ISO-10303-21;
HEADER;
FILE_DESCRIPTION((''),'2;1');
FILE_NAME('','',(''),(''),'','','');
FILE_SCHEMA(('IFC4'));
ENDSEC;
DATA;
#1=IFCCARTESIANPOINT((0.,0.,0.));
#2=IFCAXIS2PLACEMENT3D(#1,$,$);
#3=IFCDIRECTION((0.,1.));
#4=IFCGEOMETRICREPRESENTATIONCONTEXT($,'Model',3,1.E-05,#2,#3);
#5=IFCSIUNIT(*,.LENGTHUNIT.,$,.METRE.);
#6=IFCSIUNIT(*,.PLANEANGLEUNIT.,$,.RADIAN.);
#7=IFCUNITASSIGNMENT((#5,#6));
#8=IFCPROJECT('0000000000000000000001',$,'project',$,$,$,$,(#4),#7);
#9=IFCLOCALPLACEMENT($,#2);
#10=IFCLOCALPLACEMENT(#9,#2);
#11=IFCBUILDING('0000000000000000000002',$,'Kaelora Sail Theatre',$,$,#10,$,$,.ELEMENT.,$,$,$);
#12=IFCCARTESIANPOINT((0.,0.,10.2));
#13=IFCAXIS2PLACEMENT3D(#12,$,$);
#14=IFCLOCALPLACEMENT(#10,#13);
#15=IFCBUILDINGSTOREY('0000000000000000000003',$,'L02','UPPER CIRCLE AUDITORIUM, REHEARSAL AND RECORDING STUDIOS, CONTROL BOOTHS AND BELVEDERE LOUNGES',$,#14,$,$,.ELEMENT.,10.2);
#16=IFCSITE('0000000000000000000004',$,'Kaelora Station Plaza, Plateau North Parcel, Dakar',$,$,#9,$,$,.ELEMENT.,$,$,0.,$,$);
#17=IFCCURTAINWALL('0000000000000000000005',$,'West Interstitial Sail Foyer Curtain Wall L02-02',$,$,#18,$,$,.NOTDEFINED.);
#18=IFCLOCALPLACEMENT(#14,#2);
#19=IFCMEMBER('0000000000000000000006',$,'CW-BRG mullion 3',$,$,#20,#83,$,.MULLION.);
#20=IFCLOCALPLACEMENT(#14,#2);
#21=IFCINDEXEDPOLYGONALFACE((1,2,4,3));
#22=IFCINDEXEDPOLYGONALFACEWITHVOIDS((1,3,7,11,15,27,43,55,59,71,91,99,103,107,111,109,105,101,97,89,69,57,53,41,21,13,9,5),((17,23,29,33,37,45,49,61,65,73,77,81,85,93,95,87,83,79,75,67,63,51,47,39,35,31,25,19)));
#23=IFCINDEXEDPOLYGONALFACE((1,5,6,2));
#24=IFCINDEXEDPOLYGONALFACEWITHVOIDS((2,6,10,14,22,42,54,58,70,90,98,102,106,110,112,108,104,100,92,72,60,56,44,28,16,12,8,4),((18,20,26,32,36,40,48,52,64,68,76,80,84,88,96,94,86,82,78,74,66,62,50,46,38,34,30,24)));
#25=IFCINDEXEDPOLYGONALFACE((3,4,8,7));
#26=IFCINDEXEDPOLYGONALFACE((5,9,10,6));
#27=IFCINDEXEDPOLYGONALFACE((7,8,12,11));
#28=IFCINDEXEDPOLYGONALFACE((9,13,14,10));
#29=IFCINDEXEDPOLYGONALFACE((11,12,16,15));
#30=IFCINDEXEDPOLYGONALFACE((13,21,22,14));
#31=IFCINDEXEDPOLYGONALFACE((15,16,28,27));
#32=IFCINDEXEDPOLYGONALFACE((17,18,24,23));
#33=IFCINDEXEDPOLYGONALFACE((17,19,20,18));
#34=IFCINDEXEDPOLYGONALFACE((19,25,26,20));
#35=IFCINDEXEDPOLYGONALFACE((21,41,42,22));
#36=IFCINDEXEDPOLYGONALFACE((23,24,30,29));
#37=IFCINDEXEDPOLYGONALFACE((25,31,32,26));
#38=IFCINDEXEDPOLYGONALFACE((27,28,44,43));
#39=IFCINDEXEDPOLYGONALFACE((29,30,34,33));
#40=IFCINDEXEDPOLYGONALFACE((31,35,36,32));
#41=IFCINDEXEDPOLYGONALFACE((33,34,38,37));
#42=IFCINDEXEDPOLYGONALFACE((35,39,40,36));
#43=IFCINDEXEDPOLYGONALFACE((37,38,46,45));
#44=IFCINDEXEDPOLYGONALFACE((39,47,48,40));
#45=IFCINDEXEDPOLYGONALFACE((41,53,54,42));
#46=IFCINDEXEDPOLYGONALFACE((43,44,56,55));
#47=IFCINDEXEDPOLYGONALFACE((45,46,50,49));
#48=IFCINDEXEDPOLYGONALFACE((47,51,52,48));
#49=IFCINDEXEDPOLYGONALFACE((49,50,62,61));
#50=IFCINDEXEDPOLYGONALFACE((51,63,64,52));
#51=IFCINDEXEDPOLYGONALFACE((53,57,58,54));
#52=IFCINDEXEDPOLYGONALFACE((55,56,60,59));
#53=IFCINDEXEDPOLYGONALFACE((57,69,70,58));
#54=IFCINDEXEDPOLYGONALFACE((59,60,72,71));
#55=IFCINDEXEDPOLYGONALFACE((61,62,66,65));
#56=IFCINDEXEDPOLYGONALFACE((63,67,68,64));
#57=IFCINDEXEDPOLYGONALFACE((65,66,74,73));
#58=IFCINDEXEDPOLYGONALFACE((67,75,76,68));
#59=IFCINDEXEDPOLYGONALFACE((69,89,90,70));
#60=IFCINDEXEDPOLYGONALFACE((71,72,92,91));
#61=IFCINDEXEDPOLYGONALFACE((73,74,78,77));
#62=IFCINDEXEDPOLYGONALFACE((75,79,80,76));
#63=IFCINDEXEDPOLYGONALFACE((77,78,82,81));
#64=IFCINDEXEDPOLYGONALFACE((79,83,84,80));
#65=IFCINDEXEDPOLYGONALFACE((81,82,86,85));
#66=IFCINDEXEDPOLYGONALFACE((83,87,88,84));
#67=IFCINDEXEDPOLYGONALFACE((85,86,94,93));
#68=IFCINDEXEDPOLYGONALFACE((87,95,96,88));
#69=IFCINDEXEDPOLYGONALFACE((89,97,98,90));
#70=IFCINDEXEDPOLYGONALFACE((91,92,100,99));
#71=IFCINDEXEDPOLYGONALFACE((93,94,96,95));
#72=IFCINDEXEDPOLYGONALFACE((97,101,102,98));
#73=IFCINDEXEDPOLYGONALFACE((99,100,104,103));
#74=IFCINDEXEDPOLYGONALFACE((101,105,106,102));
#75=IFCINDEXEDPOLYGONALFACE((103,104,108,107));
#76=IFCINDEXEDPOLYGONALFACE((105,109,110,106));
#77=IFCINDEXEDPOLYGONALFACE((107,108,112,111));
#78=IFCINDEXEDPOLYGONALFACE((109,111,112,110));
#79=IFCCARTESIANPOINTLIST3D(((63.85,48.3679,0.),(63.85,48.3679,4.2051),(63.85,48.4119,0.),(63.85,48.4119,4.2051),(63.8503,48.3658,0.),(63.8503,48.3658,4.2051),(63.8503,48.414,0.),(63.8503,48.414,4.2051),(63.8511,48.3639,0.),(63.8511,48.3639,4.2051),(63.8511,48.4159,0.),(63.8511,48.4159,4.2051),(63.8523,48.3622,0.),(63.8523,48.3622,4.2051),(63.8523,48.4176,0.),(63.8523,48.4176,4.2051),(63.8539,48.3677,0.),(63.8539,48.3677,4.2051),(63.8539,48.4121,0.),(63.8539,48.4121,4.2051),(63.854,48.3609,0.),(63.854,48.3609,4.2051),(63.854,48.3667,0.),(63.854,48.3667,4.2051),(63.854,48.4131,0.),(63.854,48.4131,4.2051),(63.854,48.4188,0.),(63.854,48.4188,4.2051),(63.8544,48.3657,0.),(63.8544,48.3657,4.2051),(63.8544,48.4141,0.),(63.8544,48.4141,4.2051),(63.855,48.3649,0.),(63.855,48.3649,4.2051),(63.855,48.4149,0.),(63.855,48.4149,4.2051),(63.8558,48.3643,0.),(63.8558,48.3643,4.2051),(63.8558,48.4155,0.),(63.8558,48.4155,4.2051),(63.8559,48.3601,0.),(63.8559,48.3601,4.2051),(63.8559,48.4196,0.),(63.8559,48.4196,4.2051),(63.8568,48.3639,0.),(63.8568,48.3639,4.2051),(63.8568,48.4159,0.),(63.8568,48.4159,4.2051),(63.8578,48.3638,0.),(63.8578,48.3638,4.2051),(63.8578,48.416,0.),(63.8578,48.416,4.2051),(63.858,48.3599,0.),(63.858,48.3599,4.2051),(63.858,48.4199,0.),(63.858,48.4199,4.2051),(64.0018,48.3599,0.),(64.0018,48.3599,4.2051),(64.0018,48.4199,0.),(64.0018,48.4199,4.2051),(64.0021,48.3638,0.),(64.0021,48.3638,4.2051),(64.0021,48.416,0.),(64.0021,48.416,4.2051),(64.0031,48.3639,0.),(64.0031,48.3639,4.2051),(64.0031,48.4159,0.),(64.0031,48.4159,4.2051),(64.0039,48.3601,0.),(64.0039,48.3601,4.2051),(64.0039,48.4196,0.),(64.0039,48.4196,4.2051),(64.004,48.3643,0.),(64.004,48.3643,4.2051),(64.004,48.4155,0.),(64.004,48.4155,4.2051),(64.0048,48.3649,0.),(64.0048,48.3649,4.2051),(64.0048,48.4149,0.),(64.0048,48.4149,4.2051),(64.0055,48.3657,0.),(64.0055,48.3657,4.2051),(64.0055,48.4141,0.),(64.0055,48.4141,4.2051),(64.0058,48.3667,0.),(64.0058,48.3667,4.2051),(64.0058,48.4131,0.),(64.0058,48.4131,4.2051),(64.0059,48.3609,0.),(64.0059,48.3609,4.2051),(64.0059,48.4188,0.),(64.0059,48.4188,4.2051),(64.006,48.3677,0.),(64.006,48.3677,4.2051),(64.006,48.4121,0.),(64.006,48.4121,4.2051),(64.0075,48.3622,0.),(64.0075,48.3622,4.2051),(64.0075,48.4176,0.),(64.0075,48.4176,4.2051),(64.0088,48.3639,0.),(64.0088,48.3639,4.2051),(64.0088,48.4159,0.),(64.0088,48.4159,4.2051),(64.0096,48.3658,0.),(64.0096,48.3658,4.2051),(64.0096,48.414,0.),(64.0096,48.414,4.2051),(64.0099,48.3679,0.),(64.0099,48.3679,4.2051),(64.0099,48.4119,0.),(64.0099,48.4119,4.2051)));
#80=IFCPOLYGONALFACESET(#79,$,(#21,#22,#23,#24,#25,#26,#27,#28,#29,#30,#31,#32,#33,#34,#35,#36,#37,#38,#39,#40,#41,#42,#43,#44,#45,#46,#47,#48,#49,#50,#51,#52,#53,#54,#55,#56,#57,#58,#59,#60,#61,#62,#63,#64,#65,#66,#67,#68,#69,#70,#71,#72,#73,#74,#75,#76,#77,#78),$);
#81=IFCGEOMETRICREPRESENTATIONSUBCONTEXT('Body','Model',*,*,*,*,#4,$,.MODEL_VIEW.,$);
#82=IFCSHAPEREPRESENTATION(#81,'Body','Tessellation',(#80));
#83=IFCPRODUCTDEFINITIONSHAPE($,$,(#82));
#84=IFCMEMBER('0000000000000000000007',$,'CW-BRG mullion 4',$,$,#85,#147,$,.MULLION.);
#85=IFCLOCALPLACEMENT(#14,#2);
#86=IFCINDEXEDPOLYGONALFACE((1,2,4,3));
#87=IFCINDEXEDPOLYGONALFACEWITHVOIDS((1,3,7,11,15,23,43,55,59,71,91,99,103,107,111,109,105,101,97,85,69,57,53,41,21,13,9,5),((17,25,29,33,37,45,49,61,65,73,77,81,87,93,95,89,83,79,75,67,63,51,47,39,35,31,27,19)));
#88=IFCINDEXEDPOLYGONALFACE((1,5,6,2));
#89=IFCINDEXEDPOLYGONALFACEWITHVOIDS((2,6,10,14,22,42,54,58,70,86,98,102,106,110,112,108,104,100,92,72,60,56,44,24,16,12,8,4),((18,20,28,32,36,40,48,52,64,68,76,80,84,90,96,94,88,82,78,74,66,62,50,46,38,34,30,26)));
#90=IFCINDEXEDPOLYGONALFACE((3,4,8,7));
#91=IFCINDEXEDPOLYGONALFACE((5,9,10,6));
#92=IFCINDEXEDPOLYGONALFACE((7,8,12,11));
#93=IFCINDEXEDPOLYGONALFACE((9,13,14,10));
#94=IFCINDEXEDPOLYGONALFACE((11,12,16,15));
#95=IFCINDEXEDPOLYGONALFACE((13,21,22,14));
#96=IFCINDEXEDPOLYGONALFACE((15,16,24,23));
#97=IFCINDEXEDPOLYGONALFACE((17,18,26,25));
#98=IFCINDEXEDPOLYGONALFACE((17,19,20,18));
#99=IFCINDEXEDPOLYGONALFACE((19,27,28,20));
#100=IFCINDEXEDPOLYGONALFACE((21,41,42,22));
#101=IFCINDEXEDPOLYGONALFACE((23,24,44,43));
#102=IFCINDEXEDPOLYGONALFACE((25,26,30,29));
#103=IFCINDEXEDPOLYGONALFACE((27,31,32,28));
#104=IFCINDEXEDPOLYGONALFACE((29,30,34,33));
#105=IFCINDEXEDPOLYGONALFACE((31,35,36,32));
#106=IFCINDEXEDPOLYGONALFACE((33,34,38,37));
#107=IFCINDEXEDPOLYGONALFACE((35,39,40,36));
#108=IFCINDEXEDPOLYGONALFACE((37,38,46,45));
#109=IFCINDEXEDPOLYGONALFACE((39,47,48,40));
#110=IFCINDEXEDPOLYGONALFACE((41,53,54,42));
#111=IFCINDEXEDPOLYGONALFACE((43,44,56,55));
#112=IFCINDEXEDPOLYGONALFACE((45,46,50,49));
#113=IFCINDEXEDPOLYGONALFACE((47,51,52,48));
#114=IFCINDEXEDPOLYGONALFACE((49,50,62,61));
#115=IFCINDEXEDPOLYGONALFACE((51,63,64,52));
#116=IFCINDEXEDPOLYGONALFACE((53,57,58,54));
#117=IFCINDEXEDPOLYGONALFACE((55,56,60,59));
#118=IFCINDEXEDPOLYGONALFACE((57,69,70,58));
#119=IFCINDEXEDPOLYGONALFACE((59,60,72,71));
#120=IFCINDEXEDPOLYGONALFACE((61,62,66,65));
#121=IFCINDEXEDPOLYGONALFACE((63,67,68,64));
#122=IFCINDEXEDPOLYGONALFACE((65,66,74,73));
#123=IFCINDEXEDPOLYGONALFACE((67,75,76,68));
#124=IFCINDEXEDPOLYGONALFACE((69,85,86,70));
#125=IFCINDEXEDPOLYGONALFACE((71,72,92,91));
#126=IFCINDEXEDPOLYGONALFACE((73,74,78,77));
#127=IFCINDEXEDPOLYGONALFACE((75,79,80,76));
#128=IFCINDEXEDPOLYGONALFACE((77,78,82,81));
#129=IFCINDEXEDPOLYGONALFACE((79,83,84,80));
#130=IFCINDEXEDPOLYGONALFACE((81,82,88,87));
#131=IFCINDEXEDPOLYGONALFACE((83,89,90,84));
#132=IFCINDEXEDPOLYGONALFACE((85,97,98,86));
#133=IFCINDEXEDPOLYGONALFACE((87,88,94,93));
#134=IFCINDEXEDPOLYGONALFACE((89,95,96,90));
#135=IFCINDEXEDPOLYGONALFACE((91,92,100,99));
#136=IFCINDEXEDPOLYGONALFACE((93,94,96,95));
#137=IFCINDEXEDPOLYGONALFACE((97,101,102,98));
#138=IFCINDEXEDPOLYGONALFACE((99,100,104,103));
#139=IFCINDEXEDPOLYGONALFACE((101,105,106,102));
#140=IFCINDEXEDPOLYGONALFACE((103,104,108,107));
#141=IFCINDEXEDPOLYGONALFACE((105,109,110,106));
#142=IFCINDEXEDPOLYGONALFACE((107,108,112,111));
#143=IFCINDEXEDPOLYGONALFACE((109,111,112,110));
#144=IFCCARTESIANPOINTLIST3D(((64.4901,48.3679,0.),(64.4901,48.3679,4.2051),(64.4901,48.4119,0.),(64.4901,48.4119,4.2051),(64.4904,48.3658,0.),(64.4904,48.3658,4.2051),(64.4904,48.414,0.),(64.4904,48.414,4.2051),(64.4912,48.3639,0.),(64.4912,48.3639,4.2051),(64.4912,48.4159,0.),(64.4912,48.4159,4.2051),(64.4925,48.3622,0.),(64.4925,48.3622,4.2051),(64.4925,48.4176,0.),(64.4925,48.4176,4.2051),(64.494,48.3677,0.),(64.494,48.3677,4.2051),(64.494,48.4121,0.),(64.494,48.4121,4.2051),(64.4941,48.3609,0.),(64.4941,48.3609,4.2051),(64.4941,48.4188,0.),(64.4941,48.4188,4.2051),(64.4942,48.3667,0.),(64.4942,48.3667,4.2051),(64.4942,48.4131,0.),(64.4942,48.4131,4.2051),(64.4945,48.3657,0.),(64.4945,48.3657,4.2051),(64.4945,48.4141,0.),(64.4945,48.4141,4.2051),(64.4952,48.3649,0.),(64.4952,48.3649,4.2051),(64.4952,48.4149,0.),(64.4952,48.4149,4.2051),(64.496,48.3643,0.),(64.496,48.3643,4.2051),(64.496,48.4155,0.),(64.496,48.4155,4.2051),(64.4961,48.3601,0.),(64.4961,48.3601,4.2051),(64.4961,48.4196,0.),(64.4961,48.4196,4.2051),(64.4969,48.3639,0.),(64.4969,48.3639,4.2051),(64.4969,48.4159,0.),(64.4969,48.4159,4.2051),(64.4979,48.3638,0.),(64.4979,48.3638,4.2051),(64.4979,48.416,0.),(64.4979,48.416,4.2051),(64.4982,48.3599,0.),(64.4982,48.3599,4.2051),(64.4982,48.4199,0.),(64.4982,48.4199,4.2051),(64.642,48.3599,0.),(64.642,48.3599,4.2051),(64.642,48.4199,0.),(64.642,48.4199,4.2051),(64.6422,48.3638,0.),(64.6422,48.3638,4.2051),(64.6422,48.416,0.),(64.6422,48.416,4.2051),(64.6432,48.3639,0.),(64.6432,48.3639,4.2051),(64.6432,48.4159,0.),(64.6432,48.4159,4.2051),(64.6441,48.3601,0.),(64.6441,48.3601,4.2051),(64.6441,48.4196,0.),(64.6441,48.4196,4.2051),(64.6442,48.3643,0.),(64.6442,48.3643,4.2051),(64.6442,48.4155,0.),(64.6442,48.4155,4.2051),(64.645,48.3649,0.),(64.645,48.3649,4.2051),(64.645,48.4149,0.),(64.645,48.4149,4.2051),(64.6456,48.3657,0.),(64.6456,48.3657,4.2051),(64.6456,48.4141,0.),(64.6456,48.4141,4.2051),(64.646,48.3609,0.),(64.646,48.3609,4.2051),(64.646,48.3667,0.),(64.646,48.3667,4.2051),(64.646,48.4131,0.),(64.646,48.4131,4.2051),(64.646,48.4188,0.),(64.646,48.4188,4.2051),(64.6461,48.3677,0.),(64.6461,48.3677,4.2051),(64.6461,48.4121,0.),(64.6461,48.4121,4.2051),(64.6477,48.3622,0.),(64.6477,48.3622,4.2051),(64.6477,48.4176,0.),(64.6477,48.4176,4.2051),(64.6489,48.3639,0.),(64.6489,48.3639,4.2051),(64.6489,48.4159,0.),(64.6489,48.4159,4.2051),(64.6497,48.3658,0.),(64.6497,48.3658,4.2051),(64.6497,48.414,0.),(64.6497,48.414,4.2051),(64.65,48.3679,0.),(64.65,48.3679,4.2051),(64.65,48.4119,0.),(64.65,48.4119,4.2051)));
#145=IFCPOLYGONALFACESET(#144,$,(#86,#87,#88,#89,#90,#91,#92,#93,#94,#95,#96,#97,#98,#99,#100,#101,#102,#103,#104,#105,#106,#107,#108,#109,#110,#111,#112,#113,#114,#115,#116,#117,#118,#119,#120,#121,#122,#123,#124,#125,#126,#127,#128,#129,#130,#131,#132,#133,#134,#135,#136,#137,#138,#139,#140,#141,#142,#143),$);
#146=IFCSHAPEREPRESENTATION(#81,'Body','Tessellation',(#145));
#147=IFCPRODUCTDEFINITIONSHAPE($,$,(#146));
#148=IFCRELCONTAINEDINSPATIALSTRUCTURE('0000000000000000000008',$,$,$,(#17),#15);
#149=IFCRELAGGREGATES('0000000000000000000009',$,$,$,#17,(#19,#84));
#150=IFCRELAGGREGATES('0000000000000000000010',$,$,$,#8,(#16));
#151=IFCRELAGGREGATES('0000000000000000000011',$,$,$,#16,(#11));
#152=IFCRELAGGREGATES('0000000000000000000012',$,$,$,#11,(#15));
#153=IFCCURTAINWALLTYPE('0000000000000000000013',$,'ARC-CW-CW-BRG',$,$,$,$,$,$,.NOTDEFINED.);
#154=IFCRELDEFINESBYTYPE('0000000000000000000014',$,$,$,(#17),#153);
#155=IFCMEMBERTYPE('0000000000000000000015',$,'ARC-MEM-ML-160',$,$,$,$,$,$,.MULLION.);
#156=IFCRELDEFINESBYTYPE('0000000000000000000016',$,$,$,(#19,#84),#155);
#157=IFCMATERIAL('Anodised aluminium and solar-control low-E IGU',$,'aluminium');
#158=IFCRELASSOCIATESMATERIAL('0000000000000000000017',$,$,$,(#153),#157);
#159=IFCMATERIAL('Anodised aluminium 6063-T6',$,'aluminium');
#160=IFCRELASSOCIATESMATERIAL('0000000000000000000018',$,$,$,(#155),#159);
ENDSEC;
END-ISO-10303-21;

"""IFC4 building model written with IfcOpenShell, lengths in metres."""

from ifc_helpers import new_model, si_unit, direction, frame, origin, origin_2d, place, context, subcontext, project, spatial, hollow_rectangle, extrude, material, material_profile, profile_set, type_object, element, aggregate, save


model = new_model("IFC4")

# Units and contexts
model_context = context("Model", 3, precision=1e-05, world=origin(), true_north=direction((0.0, 1.0)))
body_context = subcontext(model_context, "Body", "Model", "MODEL_VIEW")
ifc_project = project(units=[si_unit("LENGTHUNIT", "METRE"), si_unit("PLANEANGLEUNIT", "RADIAN")], contexts=[model_context])

# Site, building, storey
site_placement = place(None, origin())
site = spatial("IfcSite", under=ifc_project, at=site_placement, Name="Kaelora Station Plaza, Plateau North Parcel, Dakar", CompositionType="ELEMENT", RefElevation=0.0)
building_placement = place(site_placement, origin())
building = spatial("IfcBuilding", under=site, at=building_placement, Name="Kaelora Sail Theatre", CompositionType="ELEMENT")
storey_placement = place(building_placement, frame((0.0, 0.0, 10.2)))
storey = spatial("IfcBuildingStorey", under=building, at=storey_placement, Name="L02", Description="UPPER CIRCLE AUDITORIUM, REHEARSAL AND RECORDING STUDIOS, CONTROL BOOTHS AND BELVEDERE LOUNGES", CompositionType="ELEMENT", Elevation=10.2)

# Curtain wall, members
ifc_material_1 = material(Name="Anodised aluminium and solar-control low-E IGU", Category="aluminium")
curtain_wall_type = type_object("IfcCurtainWallType", Name="ARC-CW-CW-BRG", PredefinedType="NOTDEFINED", material=ifc_material_1)
curtain_wall_placement = place(storey_placement, origin())
curtain_wall = element("IfcCurtainWall", 1, at=curtain_wall_placement, inside=storey, type_object=curtain_wall_type, Name="West Interstitial Sail Foyer Curtain Wall L02-02", PredefinedType="NOTDEFINED")
ifc_material_2 = material(Name="Anodised aluminium 6063-T6", Category="aluminium")
ifc_material_profile_1 = material_profile(ifc_material_2, hollow_rectangle(XDim=0.0601, YDim=0.1599, WallThickness=0.0039, InnerFilletRadius=0.0039, OuterFilletRadius=0.0081, at=origin_2d()), Name="ALU-MULL 60x160x4")
ifc_profile_set_1 = profile_set([ifc_material_profile_1], Name="Anodised aluminium 6063-T6")
member_type_1 = type_object("IfcMemberType", Name="ARC-MEM-ML-160", PredefinedType="MULLION", material=ifc_profile_set_1)
member_1_placement = place(storey_placement, frame((63.9299, 48.3899, 0.0), z_axis=(0.0, 0.0, 1.0), x_axis=(0.0, 1.0, 0.0)))
member_1 = element("IfcMember", 2, at=member_1_placement, type_object=member_type_1, Name="CW-BRG mullion 3", PredefinedType="MULLION", context=body_context, shape_type="SweptSolid", body=[
    extrude(hollow_rectangle(XDim=0.0601, YDim=0.1599, WallThickness=0.0039, InnerFilletRadius=0.0039, OuterFilletRadius=0.0081, at=origin_2d()), origin(), (0.0, 0.0, 1.0), 4.2051),
])
member_2_placement = place(storey_placement, frame((64.5701, 48.3899, 0.0), z_axis=(0.0, 0.0, 1.0), x_axis=(0.0, 1.0, 0.0)))
member_2 = element("IfcMember", 3, at=member_2_placement, type_object=member_type_1, Name="CW-BRG mullion 4", PredefinedType="MULLION", context=body_context, shape_type="SweptSolid", body=[
    extrude(hollow_rectangle(XDim=0.0601, YDim=0.1599, WallThickness=0.0039, InnerFilletRadius=0.0039, OuterFilletRadius=0.0081, at=origin_2d()), origin(), (0.0, 0.0, 1.0), 4.2051),
])

aggregate(curtain_wall, [member_1, member_2])

save(model, "model.ifc")
